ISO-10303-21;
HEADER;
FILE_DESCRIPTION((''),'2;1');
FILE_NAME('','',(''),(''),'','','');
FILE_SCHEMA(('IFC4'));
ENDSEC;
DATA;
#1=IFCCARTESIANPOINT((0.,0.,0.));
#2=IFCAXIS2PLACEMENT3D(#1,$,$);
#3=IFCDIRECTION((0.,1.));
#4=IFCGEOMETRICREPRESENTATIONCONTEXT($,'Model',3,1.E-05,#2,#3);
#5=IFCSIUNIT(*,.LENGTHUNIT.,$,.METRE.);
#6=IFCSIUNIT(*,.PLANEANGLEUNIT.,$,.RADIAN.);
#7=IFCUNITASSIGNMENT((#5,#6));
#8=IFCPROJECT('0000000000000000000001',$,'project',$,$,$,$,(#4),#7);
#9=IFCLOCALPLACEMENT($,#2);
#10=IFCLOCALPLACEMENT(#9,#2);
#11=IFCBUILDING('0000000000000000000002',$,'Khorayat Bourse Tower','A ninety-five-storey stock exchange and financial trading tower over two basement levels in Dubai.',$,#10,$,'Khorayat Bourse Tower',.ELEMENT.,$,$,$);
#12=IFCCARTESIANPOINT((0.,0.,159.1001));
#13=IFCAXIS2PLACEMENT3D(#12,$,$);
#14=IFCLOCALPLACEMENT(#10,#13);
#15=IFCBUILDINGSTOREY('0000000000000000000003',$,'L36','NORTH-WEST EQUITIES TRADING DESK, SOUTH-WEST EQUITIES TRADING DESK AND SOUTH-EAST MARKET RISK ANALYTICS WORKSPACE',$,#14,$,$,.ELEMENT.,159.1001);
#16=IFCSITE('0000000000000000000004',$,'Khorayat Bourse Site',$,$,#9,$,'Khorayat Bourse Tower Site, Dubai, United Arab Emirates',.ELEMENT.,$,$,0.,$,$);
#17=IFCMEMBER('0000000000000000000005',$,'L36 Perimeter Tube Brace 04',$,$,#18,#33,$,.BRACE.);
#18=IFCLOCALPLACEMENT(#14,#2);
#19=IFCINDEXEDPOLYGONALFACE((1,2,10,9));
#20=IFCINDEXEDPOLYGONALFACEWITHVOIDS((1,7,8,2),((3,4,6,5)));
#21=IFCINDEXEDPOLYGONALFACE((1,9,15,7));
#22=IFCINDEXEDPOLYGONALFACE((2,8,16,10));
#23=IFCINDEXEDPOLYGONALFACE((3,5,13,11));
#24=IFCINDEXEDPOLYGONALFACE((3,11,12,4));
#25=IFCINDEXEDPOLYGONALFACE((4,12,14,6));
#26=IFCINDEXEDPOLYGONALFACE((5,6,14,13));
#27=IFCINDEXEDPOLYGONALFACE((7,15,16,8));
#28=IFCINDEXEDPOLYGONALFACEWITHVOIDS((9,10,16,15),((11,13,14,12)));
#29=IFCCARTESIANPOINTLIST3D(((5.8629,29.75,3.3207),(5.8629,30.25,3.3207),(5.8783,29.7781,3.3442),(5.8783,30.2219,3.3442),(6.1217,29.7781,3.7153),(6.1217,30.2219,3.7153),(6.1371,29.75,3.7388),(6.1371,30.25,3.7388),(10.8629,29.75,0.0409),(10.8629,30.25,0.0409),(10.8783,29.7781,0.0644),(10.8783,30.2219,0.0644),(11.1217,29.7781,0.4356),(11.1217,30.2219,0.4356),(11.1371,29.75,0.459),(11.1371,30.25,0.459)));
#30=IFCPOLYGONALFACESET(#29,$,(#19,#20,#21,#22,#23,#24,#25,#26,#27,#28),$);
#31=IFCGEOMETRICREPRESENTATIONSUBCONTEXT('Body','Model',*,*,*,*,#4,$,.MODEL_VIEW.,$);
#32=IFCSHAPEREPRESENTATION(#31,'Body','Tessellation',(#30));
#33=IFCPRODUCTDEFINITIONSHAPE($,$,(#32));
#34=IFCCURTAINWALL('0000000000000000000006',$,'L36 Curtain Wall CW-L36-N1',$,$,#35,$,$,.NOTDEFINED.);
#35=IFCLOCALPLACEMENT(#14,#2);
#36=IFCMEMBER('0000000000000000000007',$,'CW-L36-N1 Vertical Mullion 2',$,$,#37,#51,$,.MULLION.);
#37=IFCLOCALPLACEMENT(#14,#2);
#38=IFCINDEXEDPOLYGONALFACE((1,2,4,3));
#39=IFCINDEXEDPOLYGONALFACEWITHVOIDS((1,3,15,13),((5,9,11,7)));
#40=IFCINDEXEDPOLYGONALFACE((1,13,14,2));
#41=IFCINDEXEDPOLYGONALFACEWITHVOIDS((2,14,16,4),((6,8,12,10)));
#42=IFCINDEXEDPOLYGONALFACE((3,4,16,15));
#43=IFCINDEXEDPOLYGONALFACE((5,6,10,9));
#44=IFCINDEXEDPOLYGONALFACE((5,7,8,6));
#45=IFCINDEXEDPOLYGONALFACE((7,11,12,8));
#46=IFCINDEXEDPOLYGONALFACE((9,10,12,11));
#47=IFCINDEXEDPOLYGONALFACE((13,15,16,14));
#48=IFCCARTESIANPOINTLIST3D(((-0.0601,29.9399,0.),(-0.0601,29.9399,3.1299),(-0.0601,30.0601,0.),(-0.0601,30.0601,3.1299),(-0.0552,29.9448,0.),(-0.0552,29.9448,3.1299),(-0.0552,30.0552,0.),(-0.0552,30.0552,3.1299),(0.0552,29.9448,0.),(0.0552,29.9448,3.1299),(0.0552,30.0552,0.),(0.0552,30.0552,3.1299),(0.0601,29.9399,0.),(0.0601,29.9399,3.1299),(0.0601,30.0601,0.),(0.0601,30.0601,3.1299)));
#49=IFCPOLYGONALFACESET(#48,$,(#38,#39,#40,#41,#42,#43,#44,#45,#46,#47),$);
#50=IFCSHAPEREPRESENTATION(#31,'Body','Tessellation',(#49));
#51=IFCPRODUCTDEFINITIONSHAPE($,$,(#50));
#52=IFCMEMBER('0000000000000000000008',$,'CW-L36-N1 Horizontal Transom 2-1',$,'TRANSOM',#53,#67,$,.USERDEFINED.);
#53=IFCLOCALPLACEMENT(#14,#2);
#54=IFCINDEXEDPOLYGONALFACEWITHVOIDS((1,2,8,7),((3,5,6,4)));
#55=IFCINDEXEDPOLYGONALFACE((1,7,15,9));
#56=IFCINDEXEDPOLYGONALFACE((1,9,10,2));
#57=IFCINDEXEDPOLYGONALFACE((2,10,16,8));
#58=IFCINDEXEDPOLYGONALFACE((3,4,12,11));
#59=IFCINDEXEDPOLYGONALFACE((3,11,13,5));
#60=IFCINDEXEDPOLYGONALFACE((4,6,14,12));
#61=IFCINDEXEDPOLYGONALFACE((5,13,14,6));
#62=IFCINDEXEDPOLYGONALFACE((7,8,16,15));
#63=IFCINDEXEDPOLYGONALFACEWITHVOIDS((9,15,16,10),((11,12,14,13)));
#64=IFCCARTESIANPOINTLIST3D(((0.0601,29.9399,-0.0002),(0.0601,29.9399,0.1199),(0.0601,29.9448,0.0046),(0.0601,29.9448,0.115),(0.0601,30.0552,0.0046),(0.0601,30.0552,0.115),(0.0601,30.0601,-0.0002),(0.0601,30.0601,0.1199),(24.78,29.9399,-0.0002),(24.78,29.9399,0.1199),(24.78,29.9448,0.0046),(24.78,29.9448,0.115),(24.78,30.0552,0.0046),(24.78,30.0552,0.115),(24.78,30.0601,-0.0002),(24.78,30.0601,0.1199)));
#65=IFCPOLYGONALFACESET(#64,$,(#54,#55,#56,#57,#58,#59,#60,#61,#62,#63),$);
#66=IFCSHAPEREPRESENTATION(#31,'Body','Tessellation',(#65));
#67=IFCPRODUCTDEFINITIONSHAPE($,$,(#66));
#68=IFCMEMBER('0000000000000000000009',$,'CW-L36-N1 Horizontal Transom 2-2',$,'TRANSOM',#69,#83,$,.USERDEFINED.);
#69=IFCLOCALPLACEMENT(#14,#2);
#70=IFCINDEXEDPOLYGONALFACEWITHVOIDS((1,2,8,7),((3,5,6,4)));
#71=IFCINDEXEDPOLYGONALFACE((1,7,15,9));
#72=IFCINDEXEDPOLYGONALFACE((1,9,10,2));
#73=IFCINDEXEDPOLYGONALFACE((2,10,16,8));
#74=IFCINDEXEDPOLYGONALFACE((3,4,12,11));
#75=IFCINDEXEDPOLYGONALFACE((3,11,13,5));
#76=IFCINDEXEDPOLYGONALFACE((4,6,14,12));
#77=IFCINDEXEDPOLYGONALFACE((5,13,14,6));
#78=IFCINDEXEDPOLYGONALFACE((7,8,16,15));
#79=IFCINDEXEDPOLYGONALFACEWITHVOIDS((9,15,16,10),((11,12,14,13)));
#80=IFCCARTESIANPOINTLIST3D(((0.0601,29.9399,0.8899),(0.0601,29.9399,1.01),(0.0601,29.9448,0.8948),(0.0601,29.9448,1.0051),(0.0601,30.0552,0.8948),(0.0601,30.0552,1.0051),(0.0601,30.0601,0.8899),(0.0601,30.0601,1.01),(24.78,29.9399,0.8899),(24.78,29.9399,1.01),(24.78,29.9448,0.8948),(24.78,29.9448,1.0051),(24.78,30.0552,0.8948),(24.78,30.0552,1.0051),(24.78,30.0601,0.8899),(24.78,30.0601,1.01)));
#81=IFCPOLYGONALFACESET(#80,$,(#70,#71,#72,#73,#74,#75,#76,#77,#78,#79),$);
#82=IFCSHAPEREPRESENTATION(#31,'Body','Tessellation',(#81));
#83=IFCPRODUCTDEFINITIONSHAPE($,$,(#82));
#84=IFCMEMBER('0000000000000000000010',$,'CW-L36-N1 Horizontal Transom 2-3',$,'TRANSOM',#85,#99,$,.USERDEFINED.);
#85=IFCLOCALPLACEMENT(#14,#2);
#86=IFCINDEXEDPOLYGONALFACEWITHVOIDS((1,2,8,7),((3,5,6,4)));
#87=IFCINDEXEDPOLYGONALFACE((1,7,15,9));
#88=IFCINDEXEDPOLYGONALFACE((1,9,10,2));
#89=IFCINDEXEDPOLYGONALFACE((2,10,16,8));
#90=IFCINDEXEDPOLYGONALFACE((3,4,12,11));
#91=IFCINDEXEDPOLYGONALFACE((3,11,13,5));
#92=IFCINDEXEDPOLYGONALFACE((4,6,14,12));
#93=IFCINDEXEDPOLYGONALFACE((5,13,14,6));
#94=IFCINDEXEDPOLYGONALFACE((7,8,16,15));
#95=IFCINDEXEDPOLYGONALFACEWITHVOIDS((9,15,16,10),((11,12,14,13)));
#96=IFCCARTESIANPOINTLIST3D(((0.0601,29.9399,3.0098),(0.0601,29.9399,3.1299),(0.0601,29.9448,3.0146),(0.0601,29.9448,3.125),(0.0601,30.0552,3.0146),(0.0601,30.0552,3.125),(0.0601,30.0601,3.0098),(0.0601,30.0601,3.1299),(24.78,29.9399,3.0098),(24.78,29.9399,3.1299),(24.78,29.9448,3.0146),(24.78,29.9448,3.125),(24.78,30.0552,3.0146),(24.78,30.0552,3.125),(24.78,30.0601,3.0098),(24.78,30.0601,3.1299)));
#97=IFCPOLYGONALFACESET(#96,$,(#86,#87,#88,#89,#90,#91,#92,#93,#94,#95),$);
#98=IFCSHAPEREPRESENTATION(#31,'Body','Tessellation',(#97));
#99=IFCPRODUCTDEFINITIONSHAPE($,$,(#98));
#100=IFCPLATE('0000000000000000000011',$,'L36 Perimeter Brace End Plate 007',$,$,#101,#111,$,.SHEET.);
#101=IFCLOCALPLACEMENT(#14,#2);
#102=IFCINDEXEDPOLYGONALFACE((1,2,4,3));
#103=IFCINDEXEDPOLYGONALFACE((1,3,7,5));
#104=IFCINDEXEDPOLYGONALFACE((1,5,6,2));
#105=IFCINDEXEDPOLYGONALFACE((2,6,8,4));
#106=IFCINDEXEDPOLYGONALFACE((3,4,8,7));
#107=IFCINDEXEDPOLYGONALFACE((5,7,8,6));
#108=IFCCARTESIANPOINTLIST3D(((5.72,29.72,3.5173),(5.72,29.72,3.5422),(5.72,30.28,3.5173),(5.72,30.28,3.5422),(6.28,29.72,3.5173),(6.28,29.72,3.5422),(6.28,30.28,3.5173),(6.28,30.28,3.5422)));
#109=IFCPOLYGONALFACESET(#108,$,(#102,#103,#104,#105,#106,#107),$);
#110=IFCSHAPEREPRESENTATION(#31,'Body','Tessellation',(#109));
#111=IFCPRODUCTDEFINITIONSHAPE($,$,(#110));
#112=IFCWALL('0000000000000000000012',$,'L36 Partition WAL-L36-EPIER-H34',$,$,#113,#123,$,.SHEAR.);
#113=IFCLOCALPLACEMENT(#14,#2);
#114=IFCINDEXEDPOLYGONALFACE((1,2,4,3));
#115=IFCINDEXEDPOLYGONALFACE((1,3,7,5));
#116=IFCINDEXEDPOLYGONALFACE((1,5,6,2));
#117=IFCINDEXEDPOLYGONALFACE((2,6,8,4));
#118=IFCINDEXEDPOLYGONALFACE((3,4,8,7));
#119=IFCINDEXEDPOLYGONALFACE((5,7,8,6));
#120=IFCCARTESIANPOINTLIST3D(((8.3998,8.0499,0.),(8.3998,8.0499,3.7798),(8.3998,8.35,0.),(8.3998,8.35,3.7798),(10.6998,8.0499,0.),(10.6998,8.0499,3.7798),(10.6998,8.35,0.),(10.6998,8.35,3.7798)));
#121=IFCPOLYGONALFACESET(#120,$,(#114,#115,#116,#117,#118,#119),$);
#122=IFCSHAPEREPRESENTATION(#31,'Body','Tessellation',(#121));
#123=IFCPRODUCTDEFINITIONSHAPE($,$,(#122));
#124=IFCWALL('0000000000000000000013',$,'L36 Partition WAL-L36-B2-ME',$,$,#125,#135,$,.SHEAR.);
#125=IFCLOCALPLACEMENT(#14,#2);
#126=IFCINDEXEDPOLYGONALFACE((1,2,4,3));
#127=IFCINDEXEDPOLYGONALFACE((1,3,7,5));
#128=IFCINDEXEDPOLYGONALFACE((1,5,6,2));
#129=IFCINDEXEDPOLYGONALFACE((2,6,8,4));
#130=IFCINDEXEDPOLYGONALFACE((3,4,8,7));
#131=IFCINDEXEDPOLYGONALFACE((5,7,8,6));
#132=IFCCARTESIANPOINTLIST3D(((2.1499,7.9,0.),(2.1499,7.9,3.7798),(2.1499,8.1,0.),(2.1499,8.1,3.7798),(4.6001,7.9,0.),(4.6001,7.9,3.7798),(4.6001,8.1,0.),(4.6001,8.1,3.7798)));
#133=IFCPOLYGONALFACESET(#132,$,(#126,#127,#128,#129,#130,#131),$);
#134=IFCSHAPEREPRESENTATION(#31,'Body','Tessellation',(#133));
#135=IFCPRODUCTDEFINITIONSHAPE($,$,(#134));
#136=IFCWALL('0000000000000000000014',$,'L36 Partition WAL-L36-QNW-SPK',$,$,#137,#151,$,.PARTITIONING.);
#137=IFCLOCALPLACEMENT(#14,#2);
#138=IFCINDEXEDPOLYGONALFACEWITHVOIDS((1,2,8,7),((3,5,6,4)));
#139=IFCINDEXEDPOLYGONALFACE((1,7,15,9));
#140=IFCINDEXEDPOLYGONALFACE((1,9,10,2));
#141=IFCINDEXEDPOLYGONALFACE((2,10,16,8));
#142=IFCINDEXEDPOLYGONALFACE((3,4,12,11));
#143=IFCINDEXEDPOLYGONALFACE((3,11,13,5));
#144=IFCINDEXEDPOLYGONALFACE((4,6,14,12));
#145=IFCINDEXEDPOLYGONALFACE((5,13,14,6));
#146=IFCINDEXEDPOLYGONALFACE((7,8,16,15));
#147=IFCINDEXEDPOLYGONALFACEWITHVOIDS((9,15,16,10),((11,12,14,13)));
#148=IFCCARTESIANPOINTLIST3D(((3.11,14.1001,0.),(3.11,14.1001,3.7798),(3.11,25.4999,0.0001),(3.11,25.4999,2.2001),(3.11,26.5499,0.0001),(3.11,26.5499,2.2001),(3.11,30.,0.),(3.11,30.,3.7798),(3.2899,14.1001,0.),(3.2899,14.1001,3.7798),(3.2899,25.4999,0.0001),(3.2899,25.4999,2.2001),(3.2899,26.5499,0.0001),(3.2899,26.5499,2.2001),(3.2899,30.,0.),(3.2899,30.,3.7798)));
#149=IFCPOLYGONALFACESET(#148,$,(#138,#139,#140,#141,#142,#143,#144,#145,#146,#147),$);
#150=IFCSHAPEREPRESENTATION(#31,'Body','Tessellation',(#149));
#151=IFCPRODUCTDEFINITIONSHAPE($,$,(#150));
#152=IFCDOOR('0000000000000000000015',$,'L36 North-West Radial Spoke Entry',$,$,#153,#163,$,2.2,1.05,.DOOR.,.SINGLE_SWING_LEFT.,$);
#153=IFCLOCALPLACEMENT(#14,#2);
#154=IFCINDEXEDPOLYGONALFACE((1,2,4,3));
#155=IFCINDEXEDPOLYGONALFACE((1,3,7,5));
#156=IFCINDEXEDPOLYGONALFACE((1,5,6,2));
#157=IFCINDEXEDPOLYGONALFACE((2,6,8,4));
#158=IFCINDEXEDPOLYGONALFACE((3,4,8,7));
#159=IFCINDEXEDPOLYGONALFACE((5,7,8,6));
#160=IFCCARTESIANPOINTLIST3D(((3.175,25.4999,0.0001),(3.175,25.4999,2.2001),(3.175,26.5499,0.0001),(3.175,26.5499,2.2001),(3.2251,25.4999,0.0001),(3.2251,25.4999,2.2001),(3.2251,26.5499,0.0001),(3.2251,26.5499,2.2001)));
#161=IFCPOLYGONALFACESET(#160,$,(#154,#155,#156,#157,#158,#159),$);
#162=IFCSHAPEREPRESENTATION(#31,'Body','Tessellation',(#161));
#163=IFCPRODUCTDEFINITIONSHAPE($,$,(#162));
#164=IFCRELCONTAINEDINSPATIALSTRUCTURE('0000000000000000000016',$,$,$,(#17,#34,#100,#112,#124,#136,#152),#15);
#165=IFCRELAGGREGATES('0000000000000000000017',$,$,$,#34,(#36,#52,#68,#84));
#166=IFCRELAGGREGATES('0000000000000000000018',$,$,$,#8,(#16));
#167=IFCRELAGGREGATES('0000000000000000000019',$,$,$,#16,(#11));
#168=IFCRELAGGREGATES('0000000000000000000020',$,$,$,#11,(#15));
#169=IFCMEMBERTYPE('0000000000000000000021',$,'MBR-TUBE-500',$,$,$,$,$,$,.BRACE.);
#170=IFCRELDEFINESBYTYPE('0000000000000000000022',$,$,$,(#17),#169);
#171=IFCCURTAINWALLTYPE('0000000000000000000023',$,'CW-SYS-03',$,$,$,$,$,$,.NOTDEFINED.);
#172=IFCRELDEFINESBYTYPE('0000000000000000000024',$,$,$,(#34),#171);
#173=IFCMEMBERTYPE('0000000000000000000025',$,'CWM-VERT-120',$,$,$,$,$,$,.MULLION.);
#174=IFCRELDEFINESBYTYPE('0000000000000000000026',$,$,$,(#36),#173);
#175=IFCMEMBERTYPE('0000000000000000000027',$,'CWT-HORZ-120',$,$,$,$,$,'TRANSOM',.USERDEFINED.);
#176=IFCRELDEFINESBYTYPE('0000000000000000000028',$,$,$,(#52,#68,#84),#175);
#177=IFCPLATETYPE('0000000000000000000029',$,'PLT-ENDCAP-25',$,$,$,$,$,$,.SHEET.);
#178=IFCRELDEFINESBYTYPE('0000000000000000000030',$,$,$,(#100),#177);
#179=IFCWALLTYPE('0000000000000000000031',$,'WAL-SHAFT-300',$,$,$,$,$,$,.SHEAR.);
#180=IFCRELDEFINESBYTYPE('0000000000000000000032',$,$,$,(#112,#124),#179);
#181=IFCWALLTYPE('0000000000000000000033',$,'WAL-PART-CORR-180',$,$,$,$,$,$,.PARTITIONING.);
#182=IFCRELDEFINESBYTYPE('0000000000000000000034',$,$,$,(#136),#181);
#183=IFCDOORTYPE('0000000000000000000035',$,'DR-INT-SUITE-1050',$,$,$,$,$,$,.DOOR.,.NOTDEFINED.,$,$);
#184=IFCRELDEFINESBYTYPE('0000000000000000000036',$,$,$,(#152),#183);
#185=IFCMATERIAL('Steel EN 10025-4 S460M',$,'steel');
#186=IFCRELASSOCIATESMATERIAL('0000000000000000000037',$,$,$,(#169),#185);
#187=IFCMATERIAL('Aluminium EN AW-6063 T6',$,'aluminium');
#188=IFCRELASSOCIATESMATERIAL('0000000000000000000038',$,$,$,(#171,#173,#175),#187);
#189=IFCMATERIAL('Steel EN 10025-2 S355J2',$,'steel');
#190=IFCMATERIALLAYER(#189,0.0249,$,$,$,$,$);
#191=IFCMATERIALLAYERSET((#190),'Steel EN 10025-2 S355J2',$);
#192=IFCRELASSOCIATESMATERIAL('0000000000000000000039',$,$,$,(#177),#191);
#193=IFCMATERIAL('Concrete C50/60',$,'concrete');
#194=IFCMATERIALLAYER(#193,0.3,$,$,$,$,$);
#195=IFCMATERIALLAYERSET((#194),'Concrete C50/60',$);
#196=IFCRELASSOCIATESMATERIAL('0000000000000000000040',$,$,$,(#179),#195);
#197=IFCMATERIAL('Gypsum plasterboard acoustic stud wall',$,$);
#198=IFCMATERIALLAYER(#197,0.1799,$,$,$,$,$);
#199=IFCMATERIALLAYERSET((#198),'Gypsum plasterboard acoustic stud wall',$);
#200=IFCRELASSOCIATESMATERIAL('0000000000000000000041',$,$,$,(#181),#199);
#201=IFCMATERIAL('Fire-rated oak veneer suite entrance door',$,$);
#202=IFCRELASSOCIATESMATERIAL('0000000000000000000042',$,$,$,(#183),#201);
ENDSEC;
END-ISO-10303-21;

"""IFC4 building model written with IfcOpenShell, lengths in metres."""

from ifc_helpers import new_model, si_unit, direction, frame, frame_2d, origin, origin_2d, place, context, subcontext, project, spatial, rectangle, hollow_rectangle, extrude, source, transform, mapped, material, layer, layer_set, material_profile, profile_set, type_object, element, fill, aggregate, save


model = new_model("IFC4")

# Units and contexts
model_context = context("Model", 3, precision=1e-05, world=origin(), true_north=direction((0.0, 1.0)))
body_context = subcontext(model_context, "Body", "Model", "MODEL_VIEW")
ifc_project = project(units=[si_unit("LENGTHUNIT", "METRE"), si_unit("PLANEANGLEUNIT", "RADIAN")], contexts=[model_context])

# Site, building, storey
site_placement = place(None, origin())
site = spatial("IfcSite", under=ifc_project, at=site_placement, Name="Khorayat Bourse Site", LongName="Khorayat Bourse Tower Site, Dubai, United Arab Emirates", CompositionType="ELEMENT", RefElevation=0.0)
building_placement = place(site_placement, origin())
building = spatial("IfcBuilding", under=site, at=building_placement, Name="Khorayat Bourse Tower", Description="A ninety-five-storey stock exchange and financial trading tower over two basement levels in Dubai.", LongName="Khorayat Bourse Tower", CompositionType="ELEMENT")
storey_placement = place(building_placement, frame((0.0, 0.0, 159.1001)))
storey = spatial("IfcBuildingStorey", under=building, at=storey_placement, Name="L36", Description="NORTH-WEST EQUITIES TRADING DESK, SOUTH-WEST EQUITIES TRADING DESK AND SOUTH-EAST MARKET RISK ANALYTICS WORKSPACE", CompositionType="ELEMENT", Elevation=159.1001)

# Shared definitions
ifc_material_1 = material(Name="Steel EN 10025-4 S460M", Category="steel")

# Member
ifc_material_profile_1 = material_profile(ifc_material_1, hollow_rectangle(XDim=0.5, YDim=0.5, WallThickness=0.0281, at=origin_2d()), Name="HSS 500x500x28")
ifc_profile_set_1 = profile_set([ifc_material_profile_1], Name="Steel EN 10025-4 S460M")
member_type_1 = type_object("IfcMemberType", Name="MBR-TUBE-500", PredefinedType="BRACE", material=ifc_profile_set_1)
shared_shape_1 = source(origin(), body_context, "Body", "SweptSolid", [
    extrude(hollow_rectangle(XDim=0.5, YDim=0.5, WallThickness=0.0281, at=origin_2d()), origin(), (0.0, 0.0, 1.0), 5.9797),
])
member_1_placement = place(storey_placement, frame((6.0, 30.0, 3.5298), z_axis=(0.83616, 0.0, -0.548485), x_axis=(0.0, 1.0, 0.0)))
element("IfcMember", 1, at=member_1_placement, inside=storey, type_object=member_type_1, Name="L36 Perimeter Tube Brace 04", PredefinedType="BRACE", context=body_context, shape_type="MappedRepresentation", body=[
    mapped(shared_shape_1, transform((0.0, 0.0, 0.0), scale=1.0)),
])

# Curtain wall, members
ifc_material_2 = material(Name="Aluminium EN AW-6063 T6", Category="aluminium")
curtain_wall_type = type_object("IfcCurtainWallType", Name="CW-SYS-03", PredefinedType="NOTDEFINED", material=ifc_material_2)
curtain_wall_placement = place(storey_placement, origin())
curtain_wall = element("IfcCurtainWall", 2, at=curtain_wall_placement, inside=storey, type_object=curtain_wall_type, Name="L36 Curtain Wall CW-L36-N1", PredefinedType="NOTDEFINED")
ifc_material_profile_2 = material_profile(ifc_material_2, hollow_rectangle(XDim=0.1201, YDim=0.1201, WallThickness=0.0049, at=origin_2d()), Name="ALU 120x120x5")
ifc_profile_set_2 = profile_set([ifc_material_profile_2], Name="Aluminium EN AW-6063 T6")
member_type_2 = type_object("IfcMemberType", Name="CWM-VERT-120", PredefinedType="MULLION", material=ifc_profile_set_2)
shared_shape_2 = source(origin(), body_context, "Body", "SweptSolid", [
    extrude(hollow_rectangle(XDim=0.1201, YDim=0.1201, WallThickness=0.0049, at=origin_2d()), origin(), (0.0, 0.0, 1.0), 3.1299),
])
member_2_placement = place(storey_placement, frame((0.0, 30.0, 0.0), z_axis=(0.0, 0.0, 1.0), x_axis=(0.0, 1.0, 0.0)))
member_2 = element("IfcMember", 3, at=member_2_placement, type_object=member_type_2, Name="CW-L36-N1 Vertical Mullion 2", PredefinedType="MULLION", context=body_context, shape_type="MappedRepresentation", body=[
    mapped(shared_shape_2, transform((0.0, 0.0, 0.0), scale=1.0)),
])
ifc_material_profile_3 = material_profile(ifc_material_2, hollow_rectangle(XDim=0.1201, YDim=0.1201, WallThickness=0.0049, at=origin_2d()), Name="ALU 120x120x5")
ifc_profile_set_3 = profile_set([ifc_material_profile_3], Name="Aluminium EN AW-6063 T6")
member_type_3 = type_object("IfcMemberType", Name="CWT-HORZ-120", ElementType="TRANSOM", PredefinedType="USERDEFINED", material=ifc_profile_set_3)
shared_shape_3 = source(origin(), body_context, "Body", "SweptSolid", [
    extrude(hollow_rectangle(XDim=0.1201, YDim=0.1201, WallThickness=0.0049, at=origin_2d()), origin(), (0.0, 0.0, 1.0), 24.72),
])
member_3_placement = place(storey_placement, frame((0.0601, 30.0, 0.0598), z_axis=(1.0, 0.0, 0.0), x_axis=(0.0, 1.0, 0.0)))
member_3 = element("IfcMember", 4, at=member_3_placement, type_object=member_type_3, Name="CW-L36-N1 Horizontal Transom 2-1", ObjectType="TRANSOM", PredefinedType="USERDEFINED", context=body_context, shape_type="MappedRepresentation", body=[
    mapped(shared_shape_3, transform((0.0, 0.0, 0.0), scale=1.0)),
])
member_4_placement = place(storey_placement, frame((0.0601, 30.0, 0.95), z_axis=(1.0, 0.0, 0.0), x_axis=(0.0, 1.0, 0.0)))
member_4 = element("IfcMember", 5, at=member_4_placement, type_object=member_type_3, Name="CW-L36-N1 Horizontal Transom 2-2", ObjectType="TRANSOM", PredefinedType="USERDEFINED", context=body_context, shape_type="MappedRepresentation", body=[
    mapped(shared_shape_3, transform((0.0, 0.0, 0.0), scale=1.0)),
])
member_5_placement = place(storey_placement, frame((0.0601, 30.0, 3.0698), z_axis=(1.0, 0.0, 0.0), x_axis=(0.0, 1.0, 0.0)))
member_5 = element("IfcMember", 6, at=member_5_placement, type_object=member_type_3, Name="CW-L36-N1 Horizontal Transom 2-3", ObjectType="TRANSOM", PredefinedType="USERDEFINED", context=body_context, shape_type="MappedRepresentation", body=[
    mapped(shared_shape_3, transform((0.0, 0.0, 0.0), scale=1.0)),
])
aggregate(curtain_wall, [member_2, member_3, member_4, member_5])

# Plate
ifc_material_3 = material(Name="Steel EN 10025-2 S355J2", Category="steel")
ifc_layer_1 = layer(ifc_material_3, 0.0249)
ifc_layer_set_1 = layer_set([ifc_layer_1], Name="Steel EN 10025-2 S355J2")
plate_type = type_object("IfcPlateType", Name="PLT-ENDCAP-25", PredefinedType="SHEET", material=ifc_layer_set_1)
shared_shape_4 = source(origin(), body_context, "Body", "SweptSolid", [
    extrude(rectangle(XDim=0.5601, YDim=0.5601, at=origin_2d()), origin(), (0.0, 0.0, 1.0), 0.0249),
])
plate_placement = place(storey_placement, frame((6.0, 30.0, 3.5173), z_axis=(0.0, 0.0, 1.0), x_axis=(1.0, 0.0, 0.0)))
element("IfcPlate", 7, at=plate_placement, inside=storey, type_object=plate_type, Name="L36 Perimeter Brace End Plate 007", PredefinedType="SHEET", context=body_context, shape_type="MappedRepresentation", body=[
    mapped(shared_shape_4, transform((0.0, 0.0, 0.0), scale=1.0)),
])

# Walls
ifc_material_4 = material(Name="Concrete C50/60", Category="concrete")
ifc_layer_2 = layer(ifc_material_4, 0.3)
ifc_layer_set_2 = layer_set([ifc_layer_2], Name="Concrete C50/60")
wall_type_1 = type_object("IfcWallType", Name="WAL-SHAFT-300", PredefinedType="SHEAR", material=ifc_layer_set_2)
shared_shape_5 = source(origin(), body_context, "Body", "SweptSolid", [
    extrude(rectangle(XDim=2.3, YDim=0.3, at=frame_2d((1.1499, 0.0))), origin(), (0.0, 0.0, 1.0), 3.7798),
])
wall_1_placement = place(storey_placement, frame((8.3999, 8.2, 0.0), z_axis=(0.0, 0.0, 1.0), x_axis=(1.0, 0.0, 0.0)))
element("IfcWall", 8, at=wall_1_placement, inside=storey, type_object=wall_type_1, Name="L36 Partition WAL-L36-EPIER-H34", PredefinedType="SHEAR", context=body_context, shape_type="MappedRepresentation", body=[
    mapped(shared_shape_5, transform((0.0, 0.0, 0.0), scale=1.0)),
])
shared_shape_6 = source(origin(), body_context, "Body", "SweptSolid", [
    extrude(rectangle(XDim=2.4502, YDim=0.2, at=frame_2d((1.2251, 0.0))), origin(), (0.0, 0.0, 1.0), 3.7798),
])
wall_2_placement = place(storey_placement, frame((2.1499, 8.0, 0.0), z_axis=(0.0, 0.0, 1.0), x_axis=(1.0, 0.0, 0.0)))
element("IfcWall", 9, at=wall_2_placement, inside=storey, type_object=wall_type_1, Name="L36 Partition WAL-L36-B2-ME", PredefinedType="SHEAR", context=body_context, shape_type="MappedRepresentation", body=[
    mapped(shared_shape_6, transform((0.0, 0.0, 0.0), scale=1.0)),
])

# Wall, opening, door
ifc_material_5 = material(Name="Gypsum plasterboard acoustic stud wall")
ifc_layer_3 = layer(ifc_material_5, 0.1799)
ifc_layer_set_3 = layer_set([ifc_layer_3], Name="Gypsum plasterboard acoustic stud wall")
wall_type_2 = type_object("IfcWallType", Name="WAL-PART-CORR-180", PredefinedType="PARTITIONING", material=ifc_layer_set_3)
shared_shape_7 = source(origin(), body_context, "Body", "SweptSolid", [
    extrude(rectangle(XDim=15.8999, YDim=0.1799, at=frame_2d((7.95, 0.0))), origin(), (0.0, 0.0, 1.0), 3.7798),
])
wall_3_placement = place(storey_placement, frame((3.2, 14.1001, 0.0), z_axis=(0.0, 0.0, 1.0), x_axis=(0.0, 1.0, 0.0)))
wall_3 = element("IfcWall", 10, at=wall_3_placement, inside=storey, type_object=wall_type_2, Name="L36 Partition WAL-L36-QNW-SPK", PredefinedType="PARTITIONING", context=body_context, shape_type="MappedRepresentation", body=[
    mapped(shared_shape_7, transform((0.0, 0.0, 0.0), scale=1.0)),
])
shared_shape_8 = source(origin(), body_context, "Body", "SweptSolid", [
    extrude(rectangle(XDim=1.05, YDim=2.2, at=frame_2d((0.5249, 1.1001))), frame((0.0, 0.0999, 0.0), z_axis=(0.0, -1.0, 0.0), x_axis=(1.0, 0.0, 0.0)), (0.0, 0.0, 1.0), 0.2),
])
opening_1_placement = place(wall_3_placement, frame((11.3999, 0.0, 0.0)))
opening_1 = element("IfcOpeningElement", 11, at=opening_1_placement, cuts=wall_3, PredefinedType="OPENING", context=body_context, shape_type="MappedRepresentation", body=[
    mapped(shared_shape_8, transform((0.0, 0.0, 0.0), scale=1.0)),
])
ifc_material_6 = material(Name="Fire-rated oak veneer suite entrance door")
door_type_1 = type_object("IfcDoorType", Name="DR-INT-SUITE-1050", OperationType="NOTDEFINED", PredefinedType="DOOR", material=ifc_material_6)
shared_shape_9 = source(origin(), body_context, "Body", "SweptSolid", [
    extrude(rectangle(XDim=1.05, YDim=2.2, at=frame_2d((0.5249, 1.1001))), frame((0.0, 0.0249, 0.0), z_axis=(0.0, -1.0, 0.0), x_axis=(1.0, 0.0, 0.0)), (0.0, 0.0, 1.0), 0.05),
])
door_1_placement = place(opening_1_placement, origin())
door_1 = element("IfcDoor", 12, at=door_1_placement, inside=storey, type_object=door_type_1, Name="L36 North-West Radial Spoke Entry", OperationType="SINGLE_SWING_LEFT", OverallHeight=2.2, OverallWidth=1.05, PredefinedType="DOOR", context=body_context, shape_type="MappedRepresentation", body=[
    mapped(shared_shape_9, transform((0.0, 0.0, 0.0), scale=1.0)),
])
fill(opening_1, door_1)

save(model, "model.ifc")
